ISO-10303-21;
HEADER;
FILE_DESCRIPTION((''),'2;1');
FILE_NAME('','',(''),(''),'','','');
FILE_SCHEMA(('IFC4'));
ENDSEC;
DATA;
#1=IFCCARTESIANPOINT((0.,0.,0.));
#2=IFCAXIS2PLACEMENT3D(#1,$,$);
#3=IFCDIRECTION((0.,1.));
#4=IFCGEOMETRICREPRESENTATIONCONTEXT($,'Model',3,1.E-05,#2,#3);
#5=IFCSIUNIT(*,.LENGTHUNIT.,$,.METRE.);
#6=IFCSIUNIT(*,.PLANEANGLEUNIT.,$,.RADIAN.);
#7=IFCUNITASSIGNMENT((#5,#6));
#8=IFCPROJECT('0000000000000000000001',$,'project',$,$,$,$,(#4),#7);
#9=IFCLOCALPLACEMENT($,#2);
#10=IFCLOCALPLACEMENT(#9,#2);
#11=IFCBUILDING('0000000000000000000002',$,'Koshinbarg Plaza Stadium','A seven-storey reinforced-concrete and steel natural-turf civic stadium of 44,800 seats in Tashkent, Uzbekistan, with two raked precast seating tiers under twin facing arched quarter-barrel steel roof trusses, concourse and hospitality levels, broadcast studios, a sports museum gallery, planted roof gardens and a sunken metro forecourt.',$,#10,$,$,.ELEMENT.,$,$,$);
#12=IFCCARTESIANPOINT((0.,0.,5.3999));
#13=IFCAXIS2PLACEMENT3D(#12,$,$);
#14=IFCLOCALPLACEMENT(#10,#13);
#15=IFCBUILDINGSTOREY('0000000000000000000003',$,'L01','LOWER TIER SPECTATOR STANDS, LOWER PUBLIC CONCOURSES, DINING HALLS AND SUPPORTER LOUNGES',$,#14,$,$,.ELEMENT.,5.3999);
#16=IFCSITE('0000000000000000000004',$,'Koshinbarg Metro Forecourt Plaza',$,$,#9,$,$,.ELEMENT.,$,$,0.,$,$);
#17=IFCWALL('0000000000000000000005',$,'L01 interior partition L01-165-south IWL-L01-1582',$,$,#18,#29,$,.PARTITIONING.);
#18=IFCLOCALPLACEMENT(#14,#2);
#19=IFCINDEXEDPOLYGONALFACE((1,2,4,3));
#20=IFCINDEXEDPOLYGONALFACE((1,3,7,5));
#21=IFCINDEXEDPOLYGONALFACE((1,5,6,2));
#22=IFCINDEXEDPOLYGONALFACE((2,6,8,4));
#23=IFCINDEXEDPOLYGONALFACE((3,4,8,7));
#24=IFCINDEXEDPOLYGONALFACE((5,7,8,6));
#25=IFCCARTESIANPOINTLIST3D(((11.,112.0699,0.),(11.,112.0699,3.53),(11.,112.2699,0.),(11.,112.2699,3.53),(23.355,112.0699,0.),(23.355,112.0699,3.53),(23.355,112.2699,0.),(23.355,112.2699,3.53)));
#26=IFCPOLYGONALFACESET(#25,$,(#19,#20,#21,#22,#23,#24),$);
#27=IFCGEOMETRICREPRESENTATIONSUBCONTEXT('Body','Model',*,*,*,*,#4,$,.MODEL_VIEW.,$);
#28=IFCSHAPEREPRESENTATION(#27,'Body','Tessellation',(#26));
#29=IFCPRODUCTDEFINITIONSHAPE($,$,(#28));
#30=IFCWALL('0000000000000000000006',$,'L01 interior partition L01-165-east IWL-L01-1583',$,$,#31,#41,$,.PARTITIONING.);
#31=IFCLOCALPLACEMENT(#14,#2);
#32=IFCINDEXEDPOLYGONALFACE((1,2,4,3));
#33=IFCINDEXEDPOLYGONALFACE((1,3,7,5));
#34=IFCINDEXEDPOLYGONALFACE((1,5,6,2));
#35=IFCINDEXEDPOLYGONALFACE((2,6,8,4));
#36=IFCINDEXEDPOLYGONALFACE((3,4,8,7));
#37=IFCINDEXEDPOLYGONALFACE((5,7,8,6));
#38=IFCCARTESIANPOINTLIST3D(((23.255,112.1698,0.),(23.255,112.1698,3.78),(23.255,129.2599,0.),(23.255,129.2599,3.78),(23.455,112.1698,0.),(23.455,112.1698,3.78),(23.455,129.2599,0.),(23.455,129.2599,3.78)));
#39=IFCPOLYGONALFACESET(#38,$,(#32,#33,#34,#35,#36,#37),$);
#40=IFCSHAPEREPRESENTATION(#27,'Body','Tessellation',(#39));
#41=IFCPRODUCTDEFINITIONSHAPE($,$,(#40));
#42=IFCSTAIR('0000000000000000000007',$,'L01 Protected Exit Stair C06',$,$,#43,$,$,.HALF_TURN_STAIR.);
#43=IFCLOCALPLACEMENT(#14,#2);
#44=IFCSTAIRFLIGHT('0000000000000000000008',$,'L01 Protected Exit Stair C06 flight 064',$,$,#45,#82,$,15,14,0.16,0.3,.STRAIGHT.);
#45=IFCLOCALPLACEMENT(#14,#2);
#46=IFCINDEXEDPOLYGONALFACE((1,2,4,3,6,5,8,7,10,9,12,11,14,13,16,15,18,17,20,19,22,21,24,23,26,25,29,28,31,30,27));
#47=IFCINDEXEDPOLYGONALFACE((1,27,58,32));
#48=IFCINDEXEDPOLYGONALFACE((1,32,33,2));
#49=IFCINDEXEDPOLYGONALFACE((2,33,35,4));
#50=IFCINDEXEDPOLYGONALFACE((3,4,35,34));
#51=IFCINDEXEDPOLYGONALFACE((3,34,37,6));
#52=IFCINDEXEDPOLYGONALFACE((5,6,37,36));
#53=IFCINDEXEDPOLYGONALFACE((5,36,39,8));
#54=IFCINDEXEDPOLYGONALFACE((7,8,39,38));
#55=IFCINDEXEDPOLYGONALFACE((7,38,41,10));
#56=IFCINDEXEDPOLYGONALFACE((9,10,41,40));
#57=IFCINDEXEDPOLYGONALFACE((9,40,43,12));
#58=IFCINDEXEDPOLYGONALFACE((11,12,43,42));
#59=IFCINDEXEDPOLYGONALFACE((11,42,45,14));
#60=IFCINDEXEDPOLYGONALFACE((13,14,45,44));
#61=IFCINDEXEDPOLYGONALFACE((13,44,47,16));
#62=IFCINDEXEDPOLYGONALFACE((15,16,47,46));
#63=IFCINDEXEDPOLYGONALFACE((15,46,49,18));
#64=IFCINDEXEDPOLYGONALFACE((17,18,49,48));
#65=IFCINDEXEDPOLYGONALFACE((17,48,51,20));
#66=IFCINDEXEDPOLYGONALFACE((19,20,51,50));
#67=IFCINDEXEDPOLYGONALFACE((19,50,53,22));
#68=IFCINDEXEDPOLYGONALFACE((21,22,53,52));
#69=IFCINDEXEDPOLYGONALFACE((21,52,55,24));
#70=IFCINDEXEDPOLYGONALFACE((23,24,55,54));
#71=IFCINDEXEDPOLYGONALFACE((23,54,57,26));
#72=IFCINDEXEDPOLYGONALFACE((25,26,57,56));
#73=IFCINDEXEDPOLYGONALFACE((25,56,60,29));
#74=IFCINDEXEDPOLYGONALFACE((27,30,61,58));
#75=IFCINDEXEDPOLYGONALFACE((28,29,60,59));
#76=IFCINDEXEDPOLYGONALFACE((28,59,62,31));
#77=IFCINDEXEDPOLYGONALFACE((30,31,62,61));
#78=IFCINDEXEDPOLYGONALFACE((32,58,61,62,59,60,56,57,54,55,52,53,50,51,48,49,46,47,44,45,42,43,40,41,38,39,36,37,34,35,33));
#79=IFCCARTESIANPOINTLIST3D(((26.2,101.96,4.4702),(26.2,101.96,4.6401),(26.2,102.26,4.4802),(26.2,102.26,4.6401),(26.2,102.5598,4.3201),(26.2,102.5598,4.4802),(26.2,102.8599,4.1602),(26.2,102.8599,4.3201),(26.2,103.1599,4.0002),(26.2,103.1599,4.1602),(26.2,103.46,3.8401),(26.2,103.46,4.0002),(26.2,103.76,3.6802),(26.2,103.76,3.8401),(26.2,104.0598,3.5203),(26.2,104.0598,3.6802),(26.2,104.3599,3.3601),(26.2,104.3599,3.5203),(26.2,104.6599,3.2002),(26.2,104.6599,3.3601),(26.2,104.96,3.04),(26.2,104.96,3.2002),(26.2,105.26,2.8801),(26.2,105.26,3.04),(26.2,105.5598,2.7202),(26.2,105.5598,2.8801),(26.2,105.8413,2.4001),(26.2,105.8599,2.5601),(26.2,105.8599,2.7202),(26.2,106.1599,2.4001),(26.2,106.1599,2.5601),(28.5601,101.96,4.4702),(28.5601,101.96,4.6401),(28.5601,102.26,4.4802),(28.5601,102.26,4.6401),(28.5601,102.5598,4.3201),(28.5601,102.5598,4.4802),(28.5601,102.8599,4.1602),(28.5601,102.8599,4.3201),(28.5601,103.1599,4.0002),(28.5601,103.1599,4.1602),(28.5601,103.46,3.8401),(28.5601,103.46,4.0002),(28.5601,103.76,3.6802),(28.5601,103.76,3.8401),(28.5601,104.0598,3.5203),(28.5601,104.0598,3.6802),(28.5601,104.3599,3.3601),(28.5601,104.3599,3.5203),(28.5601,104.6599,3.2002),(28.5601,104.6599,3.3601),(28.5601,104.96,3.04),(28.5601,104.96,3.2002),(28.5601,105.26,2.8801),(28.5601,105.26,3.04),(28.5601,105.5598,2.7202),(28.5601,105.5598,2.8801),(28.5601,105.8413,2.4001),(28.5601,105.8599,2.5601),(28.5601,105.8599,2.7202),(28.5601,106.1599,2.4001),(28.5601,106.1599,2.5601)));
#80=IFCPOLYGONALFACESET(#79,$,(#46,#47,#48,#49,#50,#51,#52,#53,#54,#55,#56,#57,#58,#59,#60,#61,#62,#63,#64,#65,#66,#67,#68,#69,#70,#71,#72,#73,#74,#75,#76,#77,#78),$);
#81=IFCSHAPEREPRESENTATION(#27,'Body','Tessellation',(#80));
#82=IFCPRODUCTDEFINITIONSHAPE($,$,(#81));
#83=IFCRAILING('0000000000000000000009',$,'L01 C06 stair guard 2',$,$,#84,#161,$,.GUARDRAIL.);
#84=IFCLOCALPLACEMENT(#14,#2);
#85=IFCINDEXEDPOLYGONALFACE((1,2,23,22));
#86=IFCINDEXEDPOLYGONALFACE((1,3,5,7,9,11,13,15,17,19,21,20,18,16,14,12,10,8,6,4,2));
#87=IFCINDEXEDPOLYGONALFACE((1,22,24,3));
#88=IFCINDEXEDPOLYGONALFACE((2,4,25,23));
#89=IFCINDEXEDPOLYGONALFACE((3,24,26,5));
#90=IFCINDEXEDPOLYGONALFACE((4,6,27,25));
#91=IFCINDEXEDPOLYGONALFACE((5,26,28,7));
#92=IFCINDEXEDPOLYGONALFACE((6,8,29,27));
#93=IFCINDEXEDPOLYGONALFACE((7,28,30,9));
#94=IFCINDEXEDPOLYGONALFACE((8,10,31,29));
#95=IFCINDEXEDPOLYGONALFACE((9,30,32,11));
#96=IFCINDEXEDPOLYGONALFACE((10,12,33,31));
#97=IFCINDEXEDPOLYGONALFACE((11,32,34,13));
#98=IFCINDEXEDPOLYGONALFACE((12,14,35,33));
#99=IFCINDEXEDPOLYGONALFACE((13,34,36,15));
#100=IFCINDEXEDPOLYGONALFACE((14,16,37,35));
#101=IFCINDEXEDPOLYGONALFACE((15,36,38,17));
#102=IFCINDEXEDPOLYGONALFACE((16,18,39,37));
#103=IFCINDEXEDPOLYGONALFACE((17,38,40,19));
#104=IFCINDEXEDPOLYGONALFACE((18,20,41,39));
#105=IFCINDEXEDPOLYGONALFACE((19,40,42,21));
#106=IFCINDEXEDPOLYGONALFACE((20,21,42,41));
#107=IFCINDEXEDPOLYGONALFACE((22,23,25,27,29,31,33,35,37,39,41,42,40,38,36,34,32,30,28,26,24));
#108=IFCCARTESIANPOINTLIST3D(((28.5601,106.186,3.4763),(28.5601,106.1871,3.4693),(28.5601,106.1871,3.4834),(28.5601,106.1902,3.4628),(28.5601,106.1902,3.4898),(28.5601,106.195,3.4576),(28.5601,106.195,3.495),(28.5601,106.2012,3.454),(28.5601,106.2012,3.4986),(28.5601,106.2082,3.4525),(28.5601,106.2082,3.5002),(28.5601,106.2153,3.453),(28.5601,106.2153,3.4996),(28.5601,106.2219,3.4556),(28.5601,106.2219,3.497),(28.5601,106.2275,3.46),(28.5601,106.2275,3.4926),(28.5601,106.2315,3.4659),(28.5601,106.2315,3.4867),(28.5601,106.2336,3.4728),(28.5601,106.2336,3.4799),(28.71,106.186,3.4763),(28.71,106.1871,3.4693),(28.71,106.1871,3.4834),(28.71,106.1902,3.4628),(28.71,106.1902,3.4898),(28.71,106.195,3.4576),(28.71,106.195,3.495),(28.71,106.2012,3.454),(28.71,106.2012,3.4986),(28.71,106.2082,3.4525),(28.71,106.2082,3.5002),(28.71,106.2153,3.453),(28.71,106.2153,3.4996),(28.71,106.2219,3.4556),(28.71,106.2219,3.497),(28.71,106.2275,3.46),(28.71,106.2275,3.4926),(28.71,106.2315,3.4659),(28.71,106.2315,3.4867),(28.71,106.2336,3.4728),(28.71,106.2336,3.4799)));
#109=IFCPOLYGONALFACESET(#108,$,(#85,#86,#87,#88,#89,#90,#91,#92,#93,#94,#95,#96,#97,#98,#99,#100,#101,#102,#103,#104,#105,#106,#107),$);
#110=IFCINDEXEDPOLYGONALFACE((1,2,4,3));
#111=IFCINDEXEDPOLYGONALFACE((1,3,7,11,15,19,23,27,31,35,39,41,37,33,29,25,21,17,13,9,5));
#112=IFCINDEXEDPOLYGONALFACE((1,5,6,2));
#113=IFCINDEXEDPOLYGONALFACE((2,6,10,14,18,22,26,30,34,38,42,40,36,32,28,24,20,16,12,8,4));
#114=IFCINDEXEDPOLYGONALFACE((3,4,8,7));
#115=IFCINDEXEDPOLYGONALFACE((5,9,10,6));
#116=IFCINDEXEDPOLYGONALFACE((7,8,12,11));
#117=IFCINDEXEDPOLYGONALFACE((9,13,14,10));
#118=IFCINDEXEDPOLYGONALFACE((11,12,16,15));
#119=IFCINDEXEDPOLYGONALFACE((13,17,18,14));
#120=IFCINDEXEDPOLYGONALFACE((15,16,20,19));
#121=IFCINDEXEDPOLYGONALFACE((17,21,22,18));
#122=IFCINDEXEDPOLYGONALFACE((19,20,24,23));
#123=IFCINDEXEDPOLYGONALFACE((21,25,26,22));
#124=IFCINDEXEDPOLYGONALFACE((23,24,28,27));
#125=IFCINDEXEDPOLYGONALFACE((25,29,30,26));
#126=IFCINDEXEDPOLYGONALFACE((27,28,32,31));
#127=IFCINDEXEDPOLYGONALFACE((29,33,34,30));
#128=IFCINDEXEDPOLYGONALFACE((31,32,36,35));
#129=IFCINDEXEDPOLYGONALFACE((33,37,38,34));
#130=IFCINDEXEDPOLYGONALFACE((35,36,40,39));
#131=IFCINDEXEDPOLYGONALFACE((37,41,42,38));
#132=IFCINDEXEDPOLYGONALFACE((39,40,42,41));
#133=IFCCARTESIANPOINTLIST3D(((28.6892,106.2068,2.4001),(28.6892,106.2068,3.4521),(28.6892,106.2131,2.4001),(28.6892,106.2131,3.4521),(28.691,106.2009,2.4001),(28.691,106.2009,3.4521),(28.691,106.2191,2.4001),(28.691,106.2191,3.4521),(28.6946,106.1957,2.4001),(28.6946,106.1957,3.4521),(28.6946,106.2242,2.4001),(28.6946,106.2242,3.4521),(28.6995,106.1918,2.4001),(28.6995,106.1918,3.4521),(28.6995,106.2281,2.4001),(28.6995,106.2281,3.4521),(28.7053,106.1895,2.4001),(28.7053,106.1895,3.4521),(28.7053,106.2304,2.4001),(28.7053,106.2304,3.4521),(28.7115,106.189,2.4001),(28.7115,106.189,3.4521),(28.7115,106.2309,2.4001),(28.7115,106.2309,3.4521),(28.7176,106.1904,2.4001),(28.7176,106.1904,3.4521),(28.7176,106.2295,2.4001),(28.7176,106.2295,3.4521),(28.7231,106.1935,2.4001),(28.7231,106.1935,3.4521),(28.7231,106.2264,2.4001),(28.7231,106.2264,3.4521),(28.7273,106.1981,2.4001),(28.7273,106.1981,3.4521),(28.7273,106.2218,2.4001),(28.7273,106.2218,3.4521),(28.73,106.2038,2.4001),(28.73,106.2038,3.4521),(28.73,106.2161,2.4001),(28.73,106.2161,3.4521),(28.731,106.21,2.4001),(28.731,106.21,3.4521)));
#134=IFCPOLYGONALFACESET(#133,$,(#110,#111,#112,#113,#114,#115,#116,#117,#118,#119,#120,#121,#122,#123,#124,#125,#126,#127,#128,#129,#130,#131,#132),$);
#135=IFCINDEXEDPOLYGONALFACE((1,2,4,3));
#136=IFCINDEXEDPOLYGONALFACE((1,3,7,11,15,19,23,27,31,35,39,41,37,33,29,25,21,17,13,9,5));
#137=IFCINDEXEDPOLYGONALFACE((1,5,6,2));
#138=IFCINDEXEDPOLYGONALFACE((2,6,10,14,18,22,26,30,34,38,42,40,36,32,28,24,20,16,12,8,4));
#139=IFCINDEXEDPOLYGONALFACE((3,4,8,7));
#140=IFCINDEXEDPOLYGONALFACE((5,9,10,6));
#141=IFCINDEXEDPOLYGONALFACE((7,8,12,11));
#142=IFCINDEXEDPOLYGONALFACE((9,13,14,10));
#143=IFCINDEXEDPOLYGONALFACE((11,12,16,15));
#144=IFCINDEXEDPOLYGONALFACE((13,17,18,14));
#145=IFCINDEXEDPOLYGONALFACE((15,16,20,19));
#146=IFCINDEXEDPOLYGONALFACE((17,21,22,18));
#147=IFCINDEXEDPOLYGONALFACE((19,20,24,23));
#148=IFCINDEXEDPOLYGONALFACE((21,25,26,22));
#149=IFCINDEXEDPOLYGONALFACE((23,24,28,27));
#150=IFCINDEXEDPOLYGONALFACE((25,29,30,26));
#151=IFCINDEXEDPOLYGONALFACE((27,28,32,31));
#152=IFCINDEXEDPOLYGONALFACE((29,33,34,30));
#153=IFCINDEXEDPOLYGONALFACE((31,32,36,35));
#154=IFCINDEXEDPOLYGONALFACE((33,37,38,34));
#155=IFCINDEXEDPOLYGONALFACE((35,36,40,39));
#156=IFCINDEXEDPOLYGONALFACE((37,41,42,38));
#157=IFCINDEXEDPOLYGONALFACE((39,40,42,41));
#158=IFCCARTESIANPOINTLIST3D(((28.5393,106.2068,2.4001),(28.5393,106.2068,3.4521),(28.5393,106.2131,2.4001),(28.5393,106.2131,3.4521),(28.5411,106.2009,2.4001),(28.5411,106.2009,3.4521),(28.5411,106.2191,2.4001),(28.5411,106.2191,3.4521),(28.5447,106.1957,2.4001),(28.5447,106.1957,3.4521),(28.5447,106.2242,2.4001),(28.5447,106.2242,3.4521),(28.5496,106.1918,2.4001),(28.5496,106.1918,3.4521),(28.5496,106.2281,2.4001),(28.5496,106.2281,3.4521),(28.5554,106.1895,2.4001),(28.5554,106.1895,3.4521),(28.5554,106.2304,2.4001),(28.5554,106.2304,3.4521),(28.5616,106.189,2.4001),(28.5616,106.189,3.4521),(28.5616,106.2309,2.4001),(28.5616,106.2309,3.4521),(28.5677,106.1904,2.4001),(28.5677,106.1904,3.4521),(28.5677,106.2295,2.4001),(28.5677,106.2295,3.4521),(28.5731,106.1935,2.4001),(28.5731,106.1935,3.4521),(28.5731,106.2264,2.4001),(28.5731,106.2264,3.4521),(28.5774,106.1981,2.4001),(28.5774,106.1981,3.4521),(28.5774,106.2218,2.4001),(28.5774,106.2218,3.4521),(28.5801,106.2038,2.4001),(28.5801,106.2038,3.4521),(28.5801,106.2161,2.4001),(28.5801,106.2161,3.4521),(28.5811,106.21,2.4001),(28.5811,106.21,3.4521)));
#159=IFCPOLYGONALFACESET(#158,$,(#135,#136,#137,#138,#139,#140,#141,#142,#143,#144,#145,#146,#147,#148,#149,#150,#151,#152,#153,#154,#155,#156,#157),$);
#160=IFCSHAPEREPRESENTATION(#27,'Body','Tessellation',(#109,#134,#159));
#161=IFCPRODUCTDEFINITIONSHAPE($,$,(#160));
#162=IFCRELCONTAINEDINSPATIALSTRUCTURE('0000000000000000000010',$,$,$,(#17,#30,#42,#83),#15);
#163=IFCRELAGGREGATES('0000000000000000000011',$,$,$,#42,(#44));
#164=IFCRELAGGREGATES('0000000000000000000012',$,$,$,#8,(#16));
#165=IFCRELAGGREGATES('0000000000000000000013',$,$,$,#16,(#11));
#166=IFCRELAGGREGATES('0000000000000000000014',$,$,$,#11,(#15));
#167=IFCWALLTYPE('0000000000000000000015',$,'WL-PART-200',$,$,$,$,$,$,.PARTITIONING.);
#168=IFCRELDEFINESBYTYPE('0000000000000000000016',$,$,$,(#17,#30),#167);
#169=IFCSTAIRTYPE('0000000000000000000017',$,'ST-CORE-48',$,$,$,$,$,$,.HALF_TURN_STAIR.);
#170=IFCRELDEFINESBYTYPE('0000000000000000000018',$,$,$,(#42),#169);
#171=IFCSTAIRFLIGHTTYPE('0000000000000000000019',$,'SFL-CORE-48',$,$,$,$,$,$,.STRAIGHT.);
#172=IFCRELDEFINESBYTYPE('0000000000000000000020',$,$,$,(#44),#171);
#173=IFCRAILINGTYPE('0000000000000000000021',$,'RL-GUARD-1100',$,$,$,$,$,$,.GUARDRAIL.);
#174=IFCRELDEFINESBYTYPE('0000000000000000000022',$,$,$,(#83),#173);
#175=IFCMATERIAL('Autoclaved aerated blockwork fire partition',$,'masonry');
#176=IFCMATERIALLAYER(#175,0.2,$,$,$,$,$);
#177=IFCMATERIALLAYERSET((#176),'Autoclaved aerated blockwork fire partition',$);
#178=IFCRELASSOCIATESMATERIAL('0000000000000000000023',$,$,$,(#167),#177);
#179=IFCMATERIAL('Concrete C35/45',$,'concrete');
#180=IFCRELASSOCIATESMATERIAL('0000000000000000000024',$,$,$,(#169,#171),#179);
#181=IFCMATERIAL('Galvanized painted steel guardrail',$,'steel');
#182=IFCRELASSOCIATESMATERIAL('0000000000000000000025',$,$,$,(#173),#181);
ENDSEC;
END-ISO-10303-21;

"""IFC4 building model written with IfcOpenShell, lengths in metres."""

from ifc_helpers import new_model, si_unit, direction, frame, frame_2d, origin, origin_2d, place, context, subcontext, project, spatial, polyline, rectangle, circle, outline, extrude, material, layer, layer_set, type_object, element, aggregate, save


model = new_model("IFC4")

# Units and contexts
model_context = context("Model", 3, precision=1e-05, world=origin(), true_north=direction((0.0, 1.0)))
body_context = subcontext(model_context, "Body", "Model", "MODEL_VIEW")
ifc_project = project(units=[si_unit("LENGTHUNIT", "METRE"), si_unit("PLANEANGLEUNIT", "RADIAN")], contexts=[model_context])

# Site, building, storey
site_placement = place(None, origin())
site = spatial("IfcSite", under=ifc_project, at=site_placement, Name="Koshinbarg Metro Forecourt Plaza", CompositionType="ELEMENT", RefElevation=0.0)
building_placement = place(site_placement, origin())
building = spatial("IfcBuilding", under=site, at=building_placement, Name="Koshinbarg Plaza Stadium", Description="A seven-storey reinforced-concrete and steel natural-turf civic stadium of 44,800 seats in Tashkent, Uzbekistan, with two raked precast seating tiers under twin facing arched quarter-barrel steel roof trusses, concourse and hospitality levels, broadcast studios, a sports museum gallery, planted roof gardens and a sunken metro forecourt.", CompositionType="ELEMENT")
storey_placement = place(building_placement, frame((0.0, 0.0, 5.3999)))
storey = spatial("IfcBuildingStorey", under=building, at=storey_placement, Name="L01", Description="LOWER TIER SPECTATOR STANDS, LOWER PUBLIC CONCOURSES, DINING HALLS AND SUPPORTER LOUNGES", CompositionType="ELEMENT", Elevation=5.3999)

# Shared definitions
ifc_material_1 = material(Name="Autoclaved aerated blockwork fire partition", Category="masonry")
ifc_layer_1 = layer(ifc_material_1, 0.2)
ifc_layer_set_1 = layer_set([ifc_layer_1], Name="Autoclaved aerated blockwork fire partition")
wall_type_1 = type_object("IfcWallType", Name="WL-PART-200", PredefinedType="PARTITIONING", material=ifc_layer_set_1)

# Walls
wall_1_placement = place(storey_placement, frame((11.0, 112.1699, 0.0), z_axis=(0.0, 0.0, 1.0), x_axis=(1.0, 0.0, 0.0)))
element("IfcWall", 1, at=wall_1_placement, inside=storey, type_object=wall_type_1, Name="L01 interior partition L01-165-south IWL-L01-1582", PredefinedType="PARTITIONING", context=body_context, shape_type="SweptSolid", body=[
    extrude(rectangle(XDim=12.355, YDim=0.2, at=frame_2d((6.1775, 0.0))), origin(), (0.0, 0.0, 1.0), 3.53),
])
wall_2_placement = place(storey_placement, frame((23.355, 112.1699, 0.0), z_axis=(0.0, 0.0, 1.0), x_axis=(0.0, 1.0, 0.0)))
element("IfcWall", 2, at=wall_2_placement, inside=storey, type_object=wall_type_1, Name="L01 interior partition L01-165-east IWL-L01-1583", PredefinedType="PARTITIONING", context=body_context, shape_type="SweptSolid", body=[
    extrude(rectangle(XDim=17.0901, YDim=0.2, at=frame_2d((8.5449, 0.0))), origin(), (0.0, 0.0, 1.0), 3.78),
])

# Stair, stair flight
ifc_material_2 = material(Name="Concrete C35/45", Category="concrete")
stair_type = type_object("IfcStairType", Name="ST-CORE-48", PredefinedType="HALF_TURN_STAIR", material=ifc_material_2)
stair_placement = place(storey_placement, origin())
stair = element("IfcStair", 3, at=stair_placement, inside=storey, type_object=stair_type, Name="L01 Protected Exit Stair C06", PredefinedType="HALF_TURN_STAIR")
stair_flight_type = type_object("IfcStairFlightType", Name="SFL-CORE-48", PredefinedType="STRAIGHT", material=ifc_material_2)
stair_flight_placement = place(storey_placement, frame((27.3799, 106.1599, 2.4001), z_axis=(0.0, 0.0, 1.0), x_axis=(0.0, -1.0, 0.0)))
stair_flight = element("IfcStairFlight", 4, at=stair_flight_placement, type_object=stair_flight_type, Name="L01 Protected Exit Stair C06 flight 064", NumberOfRisers=15, NumberOfTreads=14, PredefinedType="STRAIGHT", RiserHeight=0.16, TreadLength=0.3, context=body_context, shape_type="SweptSolid", body=[
    extrude(outline(polyline([(0.0, 0.0), (0.0, 0.1599), (0.3, 0.1599), (0.3, 0.3201), (0.6001, 0.3201), (0.6001, 0.48), (0.8999, 0.48), (0.8999, 0.6399), (1.2, 0.6399), (1.2, 0.8), (1.5, 0.8), (1.5, 0.96), (1.8, 0.96), (1.8, 1.1201), (2.1001, 1.1201), (2.1001, 1.28), (2.3999, 1.28), (2.3999, 1.4399), (2.7, 1.4399), (2.7, 1.6001), (3.0, 1.6001), (3.0, 1.76), (3.3, 1.76), (3.3, 1.9199), (3.6001, 1.9199), (3.6001, 2.0801), (3.8999, 2.0801), (3.8999, 2.24), (4.2, 2.24), (4.2, 2.3999), (4.2, 2.0701), (0.3186, 0.0), (0.0, 0.0)])), frame((0.0, 1.1802, 0.0), z_axis=(0.0, -1.0, 0.0), x_axis=(1.0, 0.0, 0.0)), (0.0, 0.0, 1.0), 2.3601),
])
aggregate(stair, [stair_flight])

# Railing
ifc_material_3 = material(Name="Galvanized painted steel guardrail", Category="steel")
railing_type_1 = type_object("IfcRailingType", Name="RL-GUARD-1100", PredefinedType="GUARDRAIL", material=ifc_material_3)
railing_1_placement = place(storey_placement, frame((28.71, 106.21, 2.4001)))
element("IfcRailing", 5, at=railing_1_placement, inside=storey, type_object=railing_type_1, Name="L01 C06 stair guard 2", PredefinedType="GUARDRAIL", context=body_context, shape_type="SweptSolid", body=[
    extrude(circle(Radius=0.0239, at=origin_2d()), frame((0.0, 0.0, 1.0762), z_axis=(-1.0, 0.0, 0.0), x_axis=(0.0, -1.0, 0.0)), (0.0, 0.0, 1.0), 0.1499),
    extrude(circle(Radius=0.021, at=origin_2d()), origin(), (0.0, 0.0, 1.0), 1.052),
    extrude(circle(Radius=0.021, at=origin_2d()), frame((-0.1499, 0.0, 0.0)), (0.0, 0.0, 1.0), 1.052),
])

save(model, "model.ifc")
